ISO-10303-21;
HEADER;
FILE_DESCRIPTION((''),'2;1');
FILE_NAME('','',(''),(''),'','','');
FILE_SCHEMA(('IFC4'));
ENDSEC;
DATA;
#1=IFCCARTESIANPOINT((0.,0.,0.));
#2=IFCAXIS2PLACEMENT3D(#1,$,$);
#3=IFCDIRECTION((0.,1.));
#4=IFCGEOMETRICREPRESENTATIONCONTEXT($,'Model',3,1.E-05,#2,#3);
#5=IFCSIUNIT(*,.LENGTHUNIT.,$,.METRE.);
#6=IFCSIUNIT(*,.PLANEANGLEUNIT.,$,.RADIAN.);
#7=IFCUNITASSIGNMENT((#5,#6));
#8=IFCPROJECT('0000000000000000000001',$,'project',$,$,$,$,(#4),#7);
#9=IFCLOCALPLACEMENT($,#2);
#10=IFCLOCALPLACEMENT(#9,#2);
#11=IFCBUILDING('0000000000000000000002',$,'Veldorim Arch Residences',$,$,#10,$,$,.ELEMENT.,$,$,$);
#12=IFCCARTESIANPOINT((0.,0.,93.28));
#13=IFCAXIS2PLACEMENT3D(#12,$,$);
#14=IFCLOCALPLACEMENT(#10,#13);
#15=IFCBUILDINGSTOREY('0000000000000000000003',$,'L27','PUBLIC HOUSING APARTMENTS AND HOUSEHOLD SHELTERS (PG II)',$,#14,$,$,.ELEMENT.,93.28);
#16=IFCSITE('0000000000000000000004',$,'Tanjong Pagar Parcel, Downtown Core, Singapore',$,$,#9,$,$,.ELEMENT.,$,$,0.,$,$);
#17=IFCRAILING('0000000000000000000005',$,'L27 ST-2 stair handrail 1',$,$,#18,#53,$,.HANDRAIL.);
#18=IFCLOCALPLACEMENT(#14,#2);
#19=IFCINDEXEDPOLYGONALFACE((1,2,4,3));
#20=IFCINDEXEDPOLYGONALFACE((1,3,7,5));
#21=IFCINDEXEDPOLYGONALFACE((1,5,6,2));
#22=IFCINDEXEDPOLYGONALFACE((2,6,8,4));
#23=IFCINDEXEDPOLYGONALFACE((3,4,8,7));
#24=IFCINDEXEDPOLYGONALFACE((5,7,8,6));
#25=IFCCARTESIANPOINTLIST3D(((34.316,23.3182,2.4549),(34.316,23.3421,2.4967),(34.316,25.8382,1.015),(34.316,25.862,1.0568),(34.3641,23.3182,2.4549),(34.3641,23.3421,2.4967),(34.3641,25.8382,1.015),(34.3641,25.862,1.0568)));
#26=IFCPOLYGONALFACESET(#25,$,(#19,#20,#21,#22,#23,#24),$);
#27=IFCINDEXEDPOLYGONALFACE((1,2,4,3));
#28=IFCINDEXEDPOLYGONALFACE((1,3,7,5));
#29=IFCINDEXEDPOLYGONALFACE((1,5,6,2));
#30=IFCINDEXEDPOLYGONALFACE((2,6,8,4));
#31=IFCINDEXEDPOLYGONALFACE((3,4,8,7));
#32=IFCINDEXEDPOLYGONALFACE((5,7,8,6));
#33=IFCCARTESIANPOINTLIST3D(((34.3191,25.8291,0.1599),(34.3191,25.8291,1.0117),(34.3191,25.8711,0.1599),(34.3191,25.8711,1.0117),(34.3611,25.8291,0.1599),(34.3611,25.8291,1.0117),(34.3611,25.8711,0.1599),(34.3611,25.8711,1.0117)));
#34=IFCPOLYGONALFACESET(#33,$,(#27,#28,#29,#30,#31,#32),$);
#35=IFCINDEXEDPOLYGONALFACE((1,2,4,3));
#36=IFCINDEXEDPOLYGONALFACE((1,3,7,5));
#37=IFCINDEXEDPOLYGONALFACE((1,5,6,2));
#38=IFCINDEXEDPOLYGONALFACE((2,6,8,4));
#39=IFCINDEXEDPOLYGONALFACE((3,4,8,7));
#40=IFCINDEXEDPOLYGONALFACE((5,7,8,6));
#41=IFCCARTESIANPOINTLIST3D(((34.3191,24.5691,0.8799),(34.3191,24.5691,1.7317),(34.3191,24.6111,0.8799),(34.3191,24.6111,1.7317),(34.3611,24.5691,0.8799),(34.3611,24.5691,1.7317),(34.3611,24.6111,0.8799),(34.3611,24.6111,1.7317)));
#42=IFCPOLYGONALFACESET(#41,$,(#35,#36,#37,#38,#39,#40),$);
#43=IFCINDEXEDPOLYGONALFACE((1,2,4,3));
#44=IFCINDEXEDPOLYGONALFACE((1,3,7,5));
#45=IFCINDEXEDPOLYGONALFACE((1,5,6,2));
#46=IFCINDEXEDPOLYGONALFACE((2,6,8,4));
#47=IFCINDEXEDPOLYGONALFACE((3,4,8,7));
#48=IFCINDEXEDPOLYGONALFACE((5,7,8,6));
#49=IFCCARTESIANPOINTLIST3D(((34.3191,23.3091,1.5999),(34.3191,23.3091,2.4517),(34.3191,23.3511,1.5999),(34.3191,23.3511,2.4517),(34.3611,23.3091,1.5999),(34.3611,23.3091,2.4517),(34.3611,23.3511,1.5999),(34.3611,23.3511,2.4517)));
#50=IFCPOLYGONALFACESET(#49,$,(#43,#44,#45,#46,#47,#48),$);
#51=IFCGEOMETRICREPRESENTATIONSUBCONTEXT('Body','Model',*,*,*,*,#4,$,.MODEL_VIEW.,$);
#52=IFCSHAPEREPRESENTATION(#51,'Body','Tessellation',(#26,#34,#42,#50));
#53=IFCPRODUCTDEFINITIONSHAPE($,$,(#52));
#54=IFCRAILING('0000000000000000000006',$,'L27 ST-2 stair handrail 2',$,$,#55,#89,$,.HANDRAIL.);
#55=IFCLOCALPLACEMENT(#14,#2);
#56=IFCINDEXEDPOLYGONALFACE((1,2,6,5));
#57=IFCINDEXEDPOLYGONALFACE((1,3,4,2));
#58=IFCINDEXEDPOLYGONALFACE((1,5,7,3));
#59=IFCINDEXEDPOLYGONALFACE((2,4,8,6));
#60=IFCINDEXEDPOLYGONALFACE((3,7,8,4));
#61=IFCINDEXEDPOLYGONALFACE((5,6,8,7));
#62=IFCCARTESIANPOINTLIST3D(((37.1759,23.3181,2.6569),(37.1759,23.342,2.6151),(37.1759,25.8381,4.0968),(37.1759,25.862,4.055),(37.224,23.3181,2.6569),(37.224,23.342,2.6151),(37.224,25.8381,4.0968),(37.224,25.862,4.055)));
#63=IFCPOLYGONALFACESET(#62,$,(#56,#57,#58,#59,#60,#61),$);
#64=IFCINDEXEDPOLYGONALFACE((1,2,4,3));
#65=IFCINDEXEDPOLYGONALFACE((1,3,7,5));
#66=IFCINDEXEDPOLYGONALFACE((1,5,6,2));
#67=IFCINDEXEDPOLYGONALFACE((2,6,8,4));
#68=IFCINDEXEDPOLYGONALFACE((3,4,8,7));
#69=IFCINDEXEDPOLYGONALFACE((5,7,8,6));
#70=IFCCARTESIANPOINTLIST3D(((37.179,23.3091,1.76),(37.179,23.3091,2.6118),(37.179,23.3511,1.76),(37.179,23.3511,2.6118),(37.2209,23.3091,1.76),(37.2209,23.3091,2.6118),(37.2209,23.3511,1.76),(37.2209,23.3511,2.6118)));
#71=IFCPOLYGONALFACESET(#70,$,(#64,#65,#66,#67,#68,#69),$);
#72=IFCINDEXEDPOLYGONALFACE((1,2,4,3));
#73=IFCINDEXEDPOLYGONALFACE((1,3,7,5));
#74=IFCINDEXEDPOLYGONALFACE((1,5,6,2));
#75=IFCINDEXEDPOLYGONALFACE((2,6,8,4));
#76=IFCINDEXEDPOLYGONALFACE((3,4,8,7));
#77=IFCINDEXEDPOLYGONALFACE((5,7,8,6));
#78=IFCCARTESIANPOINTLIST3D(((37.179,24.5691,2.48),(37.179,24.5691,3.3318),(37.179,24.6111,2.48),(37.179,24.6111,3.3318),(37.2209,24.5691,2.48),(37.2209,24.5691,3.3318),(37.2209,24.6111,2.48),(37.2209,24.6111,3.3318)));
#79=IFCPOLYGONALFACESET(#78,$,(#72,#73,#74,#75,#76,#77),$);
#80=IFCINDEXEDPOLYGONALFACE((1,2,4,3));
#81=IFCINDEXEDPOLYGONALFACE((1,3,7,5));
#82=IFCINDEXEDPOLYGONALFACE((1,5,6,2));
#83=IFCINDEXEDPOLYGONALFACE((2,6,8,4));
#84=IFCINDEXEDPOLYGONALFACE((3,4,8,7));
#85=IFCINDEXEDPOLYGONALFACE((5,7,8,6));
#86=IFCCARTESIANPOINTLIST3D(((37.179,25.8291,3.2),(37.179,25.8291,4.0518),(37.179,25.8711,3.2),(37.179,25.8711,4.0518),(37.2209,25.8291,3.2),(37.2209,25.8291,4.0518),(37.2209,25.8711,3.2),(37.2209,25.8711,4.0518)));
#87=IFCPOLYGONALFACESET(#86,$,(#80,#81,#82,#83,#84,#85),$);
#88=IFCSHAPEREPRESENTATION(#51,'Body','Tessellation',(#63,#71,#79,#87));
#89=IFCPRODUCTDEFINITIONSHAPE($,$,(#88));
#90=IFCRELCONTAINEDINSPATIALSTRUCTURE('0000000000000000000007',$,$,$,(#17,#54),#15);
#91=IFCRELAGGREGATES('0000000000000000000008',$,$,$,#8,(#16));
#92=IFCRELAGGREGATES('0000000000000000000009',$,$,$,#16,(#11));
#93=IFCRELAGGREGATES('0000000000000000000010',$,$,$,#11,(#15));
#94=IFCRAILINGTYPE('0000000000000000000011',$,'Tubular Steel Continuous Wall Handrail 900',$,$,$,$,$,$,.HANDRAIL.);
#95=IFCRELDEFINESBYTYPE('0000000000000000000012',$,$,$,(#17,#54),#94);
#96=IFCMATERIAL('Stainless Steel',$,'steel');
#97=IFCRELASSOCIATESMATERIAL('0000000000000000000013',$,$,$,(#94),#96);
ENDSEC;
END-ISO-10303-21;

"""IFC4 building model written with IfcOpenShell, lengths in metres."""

from ifc_helpers import new_model, si_unit, direction, frame, origin, origin_2d, place, context, subcontext, project, spatial, rectangle, extrude, material, type_object, element, save


model = new_model("IFC4")

# Units and contexts
model_context = context("Model", 3, precision=1e-05, world=origin(), true_north=direction((0.0, 1.0)))
body_context = subcontext(model_context, "Body", "Model", "MODEL_VIEW")
ifc_project = project(units=[si_unit("LENGTHUNIT", "METRE"), si_unit("PLANEANGLEUNIT", "RADIAN")], contexts=[model_context])

# Site, building, storey
site_placement = place(None, origin())
site = spatial("IfcSite", under=ifc_project, at=site_placement, Name="Tanjong Pagar Parcel, Downtown Core, Singapore", CompositionType="ELEMENT", RefElevation=0.0)
building_placement = place(site_placement, origin())
building = spatial("IfcBuilding", under=site, at=building_placement, Name="Veldorim Arch Residences", CompositionType="ELEMENT")
storey_placement = place(building_placement, frame((0.0, 0.0, 93.28)))
storey = spatial("IfcBuildingStorey", under=building, at=storey_placement, Name="L27", Description="PUBLIC HOUSING APARTMENTS AND HOUSEHOLD SHELTERS (PG II)", CompositionType="ELEMENT", Elevation=93.28)

# Railings
ifc_material_1 = material(Name="Stainless Steel", Category="steel")
railing_type_1 = type_object("IfcRailingType", Name="Tubular Steel Continuous Wall Handrail 900", PredefinedType="HANDRAIL", material=ifc_material_1)
railing_1_placement = place(storey_placement, frame((34.3401, 25.8501, 0.1599)))
element("IfcRailing", 1, at=railing_1_placement, inside=storey, type_object=railing_type_1, Name="L27 ST-2 stair handrail 1", PredefinedType="HANDRAIL", context=body_context, shape_type="SweptSolid", body=[
    extrude(rectangle(XDim=0.0481, YDim=0.0481, at=origin_2d()), frame((0.0, 0.0, 0.876), z_axis=(0.0, -0.868253, 0.496121), x_axis=(1.0, 0.0, 0.0)), (0.0, 0.0, 1.0), 2.9023),
    extrude(rectangle(XDim=0.042, YDim=0.042, at=origin_2d()), origin(), (0.0, 0.0, 1.0), 0.8518),
    extrude(rectangle(XDim=0.042, YDim=0.042, at=origin_2d()), frame((0.0, -1.26, 0.72)), (0.0, 0.0, 1.0), 0.8518),
    extrude(rectangle(XDim=0.042, YDim=0.042, at=origin_2d()), frame((0.0, -2.52, 1.4399)), (0.0, 0.0, 1.0), 0.8518),
])
railing_2_placement = place(storey_placement, frame((37.2, 23.3301, 1.76)))
element("IfcRailing", 2, at=railing_2_placement, inside=storey, type_object=railing_type_1, Name="L27 ST-2 stair handrail 2", PredefinedType="HANDRAIL", context=body_context, shape_type="SweptSolid", body=[
    extrude(rectangle(XDim=0.0481, YDim=0.0481, at=origin_2d()), frame((0.0, 0.0, 0.876), z_axis=(0.0, 0.868253, 0.496121), x_axis=(-1.0, 0.0, 0.0)), (0.0, 0.0, 1.0), 2.9023),
    extrude(rectangle(XDim=0.042, YDim=0.042, at=origin_2d()), origin(), (0.0, 0.0, 1.0), 0.8518),
    extrude(rectangle(XDim=0.042, YDim=0.042, at=origin_2d()), frame((0.0, 1.26, 0.72)), (0.0, 0.0, 1.0), 0.8518),
    extrude(rectangle(XDim=0.042, YDim=0.042, at=origin_2d()), frame((0.0, 2.52, 1.4399)), (0.0, 0.0, 1.0), 0.8518),
])

save(model, "model.ifc")
